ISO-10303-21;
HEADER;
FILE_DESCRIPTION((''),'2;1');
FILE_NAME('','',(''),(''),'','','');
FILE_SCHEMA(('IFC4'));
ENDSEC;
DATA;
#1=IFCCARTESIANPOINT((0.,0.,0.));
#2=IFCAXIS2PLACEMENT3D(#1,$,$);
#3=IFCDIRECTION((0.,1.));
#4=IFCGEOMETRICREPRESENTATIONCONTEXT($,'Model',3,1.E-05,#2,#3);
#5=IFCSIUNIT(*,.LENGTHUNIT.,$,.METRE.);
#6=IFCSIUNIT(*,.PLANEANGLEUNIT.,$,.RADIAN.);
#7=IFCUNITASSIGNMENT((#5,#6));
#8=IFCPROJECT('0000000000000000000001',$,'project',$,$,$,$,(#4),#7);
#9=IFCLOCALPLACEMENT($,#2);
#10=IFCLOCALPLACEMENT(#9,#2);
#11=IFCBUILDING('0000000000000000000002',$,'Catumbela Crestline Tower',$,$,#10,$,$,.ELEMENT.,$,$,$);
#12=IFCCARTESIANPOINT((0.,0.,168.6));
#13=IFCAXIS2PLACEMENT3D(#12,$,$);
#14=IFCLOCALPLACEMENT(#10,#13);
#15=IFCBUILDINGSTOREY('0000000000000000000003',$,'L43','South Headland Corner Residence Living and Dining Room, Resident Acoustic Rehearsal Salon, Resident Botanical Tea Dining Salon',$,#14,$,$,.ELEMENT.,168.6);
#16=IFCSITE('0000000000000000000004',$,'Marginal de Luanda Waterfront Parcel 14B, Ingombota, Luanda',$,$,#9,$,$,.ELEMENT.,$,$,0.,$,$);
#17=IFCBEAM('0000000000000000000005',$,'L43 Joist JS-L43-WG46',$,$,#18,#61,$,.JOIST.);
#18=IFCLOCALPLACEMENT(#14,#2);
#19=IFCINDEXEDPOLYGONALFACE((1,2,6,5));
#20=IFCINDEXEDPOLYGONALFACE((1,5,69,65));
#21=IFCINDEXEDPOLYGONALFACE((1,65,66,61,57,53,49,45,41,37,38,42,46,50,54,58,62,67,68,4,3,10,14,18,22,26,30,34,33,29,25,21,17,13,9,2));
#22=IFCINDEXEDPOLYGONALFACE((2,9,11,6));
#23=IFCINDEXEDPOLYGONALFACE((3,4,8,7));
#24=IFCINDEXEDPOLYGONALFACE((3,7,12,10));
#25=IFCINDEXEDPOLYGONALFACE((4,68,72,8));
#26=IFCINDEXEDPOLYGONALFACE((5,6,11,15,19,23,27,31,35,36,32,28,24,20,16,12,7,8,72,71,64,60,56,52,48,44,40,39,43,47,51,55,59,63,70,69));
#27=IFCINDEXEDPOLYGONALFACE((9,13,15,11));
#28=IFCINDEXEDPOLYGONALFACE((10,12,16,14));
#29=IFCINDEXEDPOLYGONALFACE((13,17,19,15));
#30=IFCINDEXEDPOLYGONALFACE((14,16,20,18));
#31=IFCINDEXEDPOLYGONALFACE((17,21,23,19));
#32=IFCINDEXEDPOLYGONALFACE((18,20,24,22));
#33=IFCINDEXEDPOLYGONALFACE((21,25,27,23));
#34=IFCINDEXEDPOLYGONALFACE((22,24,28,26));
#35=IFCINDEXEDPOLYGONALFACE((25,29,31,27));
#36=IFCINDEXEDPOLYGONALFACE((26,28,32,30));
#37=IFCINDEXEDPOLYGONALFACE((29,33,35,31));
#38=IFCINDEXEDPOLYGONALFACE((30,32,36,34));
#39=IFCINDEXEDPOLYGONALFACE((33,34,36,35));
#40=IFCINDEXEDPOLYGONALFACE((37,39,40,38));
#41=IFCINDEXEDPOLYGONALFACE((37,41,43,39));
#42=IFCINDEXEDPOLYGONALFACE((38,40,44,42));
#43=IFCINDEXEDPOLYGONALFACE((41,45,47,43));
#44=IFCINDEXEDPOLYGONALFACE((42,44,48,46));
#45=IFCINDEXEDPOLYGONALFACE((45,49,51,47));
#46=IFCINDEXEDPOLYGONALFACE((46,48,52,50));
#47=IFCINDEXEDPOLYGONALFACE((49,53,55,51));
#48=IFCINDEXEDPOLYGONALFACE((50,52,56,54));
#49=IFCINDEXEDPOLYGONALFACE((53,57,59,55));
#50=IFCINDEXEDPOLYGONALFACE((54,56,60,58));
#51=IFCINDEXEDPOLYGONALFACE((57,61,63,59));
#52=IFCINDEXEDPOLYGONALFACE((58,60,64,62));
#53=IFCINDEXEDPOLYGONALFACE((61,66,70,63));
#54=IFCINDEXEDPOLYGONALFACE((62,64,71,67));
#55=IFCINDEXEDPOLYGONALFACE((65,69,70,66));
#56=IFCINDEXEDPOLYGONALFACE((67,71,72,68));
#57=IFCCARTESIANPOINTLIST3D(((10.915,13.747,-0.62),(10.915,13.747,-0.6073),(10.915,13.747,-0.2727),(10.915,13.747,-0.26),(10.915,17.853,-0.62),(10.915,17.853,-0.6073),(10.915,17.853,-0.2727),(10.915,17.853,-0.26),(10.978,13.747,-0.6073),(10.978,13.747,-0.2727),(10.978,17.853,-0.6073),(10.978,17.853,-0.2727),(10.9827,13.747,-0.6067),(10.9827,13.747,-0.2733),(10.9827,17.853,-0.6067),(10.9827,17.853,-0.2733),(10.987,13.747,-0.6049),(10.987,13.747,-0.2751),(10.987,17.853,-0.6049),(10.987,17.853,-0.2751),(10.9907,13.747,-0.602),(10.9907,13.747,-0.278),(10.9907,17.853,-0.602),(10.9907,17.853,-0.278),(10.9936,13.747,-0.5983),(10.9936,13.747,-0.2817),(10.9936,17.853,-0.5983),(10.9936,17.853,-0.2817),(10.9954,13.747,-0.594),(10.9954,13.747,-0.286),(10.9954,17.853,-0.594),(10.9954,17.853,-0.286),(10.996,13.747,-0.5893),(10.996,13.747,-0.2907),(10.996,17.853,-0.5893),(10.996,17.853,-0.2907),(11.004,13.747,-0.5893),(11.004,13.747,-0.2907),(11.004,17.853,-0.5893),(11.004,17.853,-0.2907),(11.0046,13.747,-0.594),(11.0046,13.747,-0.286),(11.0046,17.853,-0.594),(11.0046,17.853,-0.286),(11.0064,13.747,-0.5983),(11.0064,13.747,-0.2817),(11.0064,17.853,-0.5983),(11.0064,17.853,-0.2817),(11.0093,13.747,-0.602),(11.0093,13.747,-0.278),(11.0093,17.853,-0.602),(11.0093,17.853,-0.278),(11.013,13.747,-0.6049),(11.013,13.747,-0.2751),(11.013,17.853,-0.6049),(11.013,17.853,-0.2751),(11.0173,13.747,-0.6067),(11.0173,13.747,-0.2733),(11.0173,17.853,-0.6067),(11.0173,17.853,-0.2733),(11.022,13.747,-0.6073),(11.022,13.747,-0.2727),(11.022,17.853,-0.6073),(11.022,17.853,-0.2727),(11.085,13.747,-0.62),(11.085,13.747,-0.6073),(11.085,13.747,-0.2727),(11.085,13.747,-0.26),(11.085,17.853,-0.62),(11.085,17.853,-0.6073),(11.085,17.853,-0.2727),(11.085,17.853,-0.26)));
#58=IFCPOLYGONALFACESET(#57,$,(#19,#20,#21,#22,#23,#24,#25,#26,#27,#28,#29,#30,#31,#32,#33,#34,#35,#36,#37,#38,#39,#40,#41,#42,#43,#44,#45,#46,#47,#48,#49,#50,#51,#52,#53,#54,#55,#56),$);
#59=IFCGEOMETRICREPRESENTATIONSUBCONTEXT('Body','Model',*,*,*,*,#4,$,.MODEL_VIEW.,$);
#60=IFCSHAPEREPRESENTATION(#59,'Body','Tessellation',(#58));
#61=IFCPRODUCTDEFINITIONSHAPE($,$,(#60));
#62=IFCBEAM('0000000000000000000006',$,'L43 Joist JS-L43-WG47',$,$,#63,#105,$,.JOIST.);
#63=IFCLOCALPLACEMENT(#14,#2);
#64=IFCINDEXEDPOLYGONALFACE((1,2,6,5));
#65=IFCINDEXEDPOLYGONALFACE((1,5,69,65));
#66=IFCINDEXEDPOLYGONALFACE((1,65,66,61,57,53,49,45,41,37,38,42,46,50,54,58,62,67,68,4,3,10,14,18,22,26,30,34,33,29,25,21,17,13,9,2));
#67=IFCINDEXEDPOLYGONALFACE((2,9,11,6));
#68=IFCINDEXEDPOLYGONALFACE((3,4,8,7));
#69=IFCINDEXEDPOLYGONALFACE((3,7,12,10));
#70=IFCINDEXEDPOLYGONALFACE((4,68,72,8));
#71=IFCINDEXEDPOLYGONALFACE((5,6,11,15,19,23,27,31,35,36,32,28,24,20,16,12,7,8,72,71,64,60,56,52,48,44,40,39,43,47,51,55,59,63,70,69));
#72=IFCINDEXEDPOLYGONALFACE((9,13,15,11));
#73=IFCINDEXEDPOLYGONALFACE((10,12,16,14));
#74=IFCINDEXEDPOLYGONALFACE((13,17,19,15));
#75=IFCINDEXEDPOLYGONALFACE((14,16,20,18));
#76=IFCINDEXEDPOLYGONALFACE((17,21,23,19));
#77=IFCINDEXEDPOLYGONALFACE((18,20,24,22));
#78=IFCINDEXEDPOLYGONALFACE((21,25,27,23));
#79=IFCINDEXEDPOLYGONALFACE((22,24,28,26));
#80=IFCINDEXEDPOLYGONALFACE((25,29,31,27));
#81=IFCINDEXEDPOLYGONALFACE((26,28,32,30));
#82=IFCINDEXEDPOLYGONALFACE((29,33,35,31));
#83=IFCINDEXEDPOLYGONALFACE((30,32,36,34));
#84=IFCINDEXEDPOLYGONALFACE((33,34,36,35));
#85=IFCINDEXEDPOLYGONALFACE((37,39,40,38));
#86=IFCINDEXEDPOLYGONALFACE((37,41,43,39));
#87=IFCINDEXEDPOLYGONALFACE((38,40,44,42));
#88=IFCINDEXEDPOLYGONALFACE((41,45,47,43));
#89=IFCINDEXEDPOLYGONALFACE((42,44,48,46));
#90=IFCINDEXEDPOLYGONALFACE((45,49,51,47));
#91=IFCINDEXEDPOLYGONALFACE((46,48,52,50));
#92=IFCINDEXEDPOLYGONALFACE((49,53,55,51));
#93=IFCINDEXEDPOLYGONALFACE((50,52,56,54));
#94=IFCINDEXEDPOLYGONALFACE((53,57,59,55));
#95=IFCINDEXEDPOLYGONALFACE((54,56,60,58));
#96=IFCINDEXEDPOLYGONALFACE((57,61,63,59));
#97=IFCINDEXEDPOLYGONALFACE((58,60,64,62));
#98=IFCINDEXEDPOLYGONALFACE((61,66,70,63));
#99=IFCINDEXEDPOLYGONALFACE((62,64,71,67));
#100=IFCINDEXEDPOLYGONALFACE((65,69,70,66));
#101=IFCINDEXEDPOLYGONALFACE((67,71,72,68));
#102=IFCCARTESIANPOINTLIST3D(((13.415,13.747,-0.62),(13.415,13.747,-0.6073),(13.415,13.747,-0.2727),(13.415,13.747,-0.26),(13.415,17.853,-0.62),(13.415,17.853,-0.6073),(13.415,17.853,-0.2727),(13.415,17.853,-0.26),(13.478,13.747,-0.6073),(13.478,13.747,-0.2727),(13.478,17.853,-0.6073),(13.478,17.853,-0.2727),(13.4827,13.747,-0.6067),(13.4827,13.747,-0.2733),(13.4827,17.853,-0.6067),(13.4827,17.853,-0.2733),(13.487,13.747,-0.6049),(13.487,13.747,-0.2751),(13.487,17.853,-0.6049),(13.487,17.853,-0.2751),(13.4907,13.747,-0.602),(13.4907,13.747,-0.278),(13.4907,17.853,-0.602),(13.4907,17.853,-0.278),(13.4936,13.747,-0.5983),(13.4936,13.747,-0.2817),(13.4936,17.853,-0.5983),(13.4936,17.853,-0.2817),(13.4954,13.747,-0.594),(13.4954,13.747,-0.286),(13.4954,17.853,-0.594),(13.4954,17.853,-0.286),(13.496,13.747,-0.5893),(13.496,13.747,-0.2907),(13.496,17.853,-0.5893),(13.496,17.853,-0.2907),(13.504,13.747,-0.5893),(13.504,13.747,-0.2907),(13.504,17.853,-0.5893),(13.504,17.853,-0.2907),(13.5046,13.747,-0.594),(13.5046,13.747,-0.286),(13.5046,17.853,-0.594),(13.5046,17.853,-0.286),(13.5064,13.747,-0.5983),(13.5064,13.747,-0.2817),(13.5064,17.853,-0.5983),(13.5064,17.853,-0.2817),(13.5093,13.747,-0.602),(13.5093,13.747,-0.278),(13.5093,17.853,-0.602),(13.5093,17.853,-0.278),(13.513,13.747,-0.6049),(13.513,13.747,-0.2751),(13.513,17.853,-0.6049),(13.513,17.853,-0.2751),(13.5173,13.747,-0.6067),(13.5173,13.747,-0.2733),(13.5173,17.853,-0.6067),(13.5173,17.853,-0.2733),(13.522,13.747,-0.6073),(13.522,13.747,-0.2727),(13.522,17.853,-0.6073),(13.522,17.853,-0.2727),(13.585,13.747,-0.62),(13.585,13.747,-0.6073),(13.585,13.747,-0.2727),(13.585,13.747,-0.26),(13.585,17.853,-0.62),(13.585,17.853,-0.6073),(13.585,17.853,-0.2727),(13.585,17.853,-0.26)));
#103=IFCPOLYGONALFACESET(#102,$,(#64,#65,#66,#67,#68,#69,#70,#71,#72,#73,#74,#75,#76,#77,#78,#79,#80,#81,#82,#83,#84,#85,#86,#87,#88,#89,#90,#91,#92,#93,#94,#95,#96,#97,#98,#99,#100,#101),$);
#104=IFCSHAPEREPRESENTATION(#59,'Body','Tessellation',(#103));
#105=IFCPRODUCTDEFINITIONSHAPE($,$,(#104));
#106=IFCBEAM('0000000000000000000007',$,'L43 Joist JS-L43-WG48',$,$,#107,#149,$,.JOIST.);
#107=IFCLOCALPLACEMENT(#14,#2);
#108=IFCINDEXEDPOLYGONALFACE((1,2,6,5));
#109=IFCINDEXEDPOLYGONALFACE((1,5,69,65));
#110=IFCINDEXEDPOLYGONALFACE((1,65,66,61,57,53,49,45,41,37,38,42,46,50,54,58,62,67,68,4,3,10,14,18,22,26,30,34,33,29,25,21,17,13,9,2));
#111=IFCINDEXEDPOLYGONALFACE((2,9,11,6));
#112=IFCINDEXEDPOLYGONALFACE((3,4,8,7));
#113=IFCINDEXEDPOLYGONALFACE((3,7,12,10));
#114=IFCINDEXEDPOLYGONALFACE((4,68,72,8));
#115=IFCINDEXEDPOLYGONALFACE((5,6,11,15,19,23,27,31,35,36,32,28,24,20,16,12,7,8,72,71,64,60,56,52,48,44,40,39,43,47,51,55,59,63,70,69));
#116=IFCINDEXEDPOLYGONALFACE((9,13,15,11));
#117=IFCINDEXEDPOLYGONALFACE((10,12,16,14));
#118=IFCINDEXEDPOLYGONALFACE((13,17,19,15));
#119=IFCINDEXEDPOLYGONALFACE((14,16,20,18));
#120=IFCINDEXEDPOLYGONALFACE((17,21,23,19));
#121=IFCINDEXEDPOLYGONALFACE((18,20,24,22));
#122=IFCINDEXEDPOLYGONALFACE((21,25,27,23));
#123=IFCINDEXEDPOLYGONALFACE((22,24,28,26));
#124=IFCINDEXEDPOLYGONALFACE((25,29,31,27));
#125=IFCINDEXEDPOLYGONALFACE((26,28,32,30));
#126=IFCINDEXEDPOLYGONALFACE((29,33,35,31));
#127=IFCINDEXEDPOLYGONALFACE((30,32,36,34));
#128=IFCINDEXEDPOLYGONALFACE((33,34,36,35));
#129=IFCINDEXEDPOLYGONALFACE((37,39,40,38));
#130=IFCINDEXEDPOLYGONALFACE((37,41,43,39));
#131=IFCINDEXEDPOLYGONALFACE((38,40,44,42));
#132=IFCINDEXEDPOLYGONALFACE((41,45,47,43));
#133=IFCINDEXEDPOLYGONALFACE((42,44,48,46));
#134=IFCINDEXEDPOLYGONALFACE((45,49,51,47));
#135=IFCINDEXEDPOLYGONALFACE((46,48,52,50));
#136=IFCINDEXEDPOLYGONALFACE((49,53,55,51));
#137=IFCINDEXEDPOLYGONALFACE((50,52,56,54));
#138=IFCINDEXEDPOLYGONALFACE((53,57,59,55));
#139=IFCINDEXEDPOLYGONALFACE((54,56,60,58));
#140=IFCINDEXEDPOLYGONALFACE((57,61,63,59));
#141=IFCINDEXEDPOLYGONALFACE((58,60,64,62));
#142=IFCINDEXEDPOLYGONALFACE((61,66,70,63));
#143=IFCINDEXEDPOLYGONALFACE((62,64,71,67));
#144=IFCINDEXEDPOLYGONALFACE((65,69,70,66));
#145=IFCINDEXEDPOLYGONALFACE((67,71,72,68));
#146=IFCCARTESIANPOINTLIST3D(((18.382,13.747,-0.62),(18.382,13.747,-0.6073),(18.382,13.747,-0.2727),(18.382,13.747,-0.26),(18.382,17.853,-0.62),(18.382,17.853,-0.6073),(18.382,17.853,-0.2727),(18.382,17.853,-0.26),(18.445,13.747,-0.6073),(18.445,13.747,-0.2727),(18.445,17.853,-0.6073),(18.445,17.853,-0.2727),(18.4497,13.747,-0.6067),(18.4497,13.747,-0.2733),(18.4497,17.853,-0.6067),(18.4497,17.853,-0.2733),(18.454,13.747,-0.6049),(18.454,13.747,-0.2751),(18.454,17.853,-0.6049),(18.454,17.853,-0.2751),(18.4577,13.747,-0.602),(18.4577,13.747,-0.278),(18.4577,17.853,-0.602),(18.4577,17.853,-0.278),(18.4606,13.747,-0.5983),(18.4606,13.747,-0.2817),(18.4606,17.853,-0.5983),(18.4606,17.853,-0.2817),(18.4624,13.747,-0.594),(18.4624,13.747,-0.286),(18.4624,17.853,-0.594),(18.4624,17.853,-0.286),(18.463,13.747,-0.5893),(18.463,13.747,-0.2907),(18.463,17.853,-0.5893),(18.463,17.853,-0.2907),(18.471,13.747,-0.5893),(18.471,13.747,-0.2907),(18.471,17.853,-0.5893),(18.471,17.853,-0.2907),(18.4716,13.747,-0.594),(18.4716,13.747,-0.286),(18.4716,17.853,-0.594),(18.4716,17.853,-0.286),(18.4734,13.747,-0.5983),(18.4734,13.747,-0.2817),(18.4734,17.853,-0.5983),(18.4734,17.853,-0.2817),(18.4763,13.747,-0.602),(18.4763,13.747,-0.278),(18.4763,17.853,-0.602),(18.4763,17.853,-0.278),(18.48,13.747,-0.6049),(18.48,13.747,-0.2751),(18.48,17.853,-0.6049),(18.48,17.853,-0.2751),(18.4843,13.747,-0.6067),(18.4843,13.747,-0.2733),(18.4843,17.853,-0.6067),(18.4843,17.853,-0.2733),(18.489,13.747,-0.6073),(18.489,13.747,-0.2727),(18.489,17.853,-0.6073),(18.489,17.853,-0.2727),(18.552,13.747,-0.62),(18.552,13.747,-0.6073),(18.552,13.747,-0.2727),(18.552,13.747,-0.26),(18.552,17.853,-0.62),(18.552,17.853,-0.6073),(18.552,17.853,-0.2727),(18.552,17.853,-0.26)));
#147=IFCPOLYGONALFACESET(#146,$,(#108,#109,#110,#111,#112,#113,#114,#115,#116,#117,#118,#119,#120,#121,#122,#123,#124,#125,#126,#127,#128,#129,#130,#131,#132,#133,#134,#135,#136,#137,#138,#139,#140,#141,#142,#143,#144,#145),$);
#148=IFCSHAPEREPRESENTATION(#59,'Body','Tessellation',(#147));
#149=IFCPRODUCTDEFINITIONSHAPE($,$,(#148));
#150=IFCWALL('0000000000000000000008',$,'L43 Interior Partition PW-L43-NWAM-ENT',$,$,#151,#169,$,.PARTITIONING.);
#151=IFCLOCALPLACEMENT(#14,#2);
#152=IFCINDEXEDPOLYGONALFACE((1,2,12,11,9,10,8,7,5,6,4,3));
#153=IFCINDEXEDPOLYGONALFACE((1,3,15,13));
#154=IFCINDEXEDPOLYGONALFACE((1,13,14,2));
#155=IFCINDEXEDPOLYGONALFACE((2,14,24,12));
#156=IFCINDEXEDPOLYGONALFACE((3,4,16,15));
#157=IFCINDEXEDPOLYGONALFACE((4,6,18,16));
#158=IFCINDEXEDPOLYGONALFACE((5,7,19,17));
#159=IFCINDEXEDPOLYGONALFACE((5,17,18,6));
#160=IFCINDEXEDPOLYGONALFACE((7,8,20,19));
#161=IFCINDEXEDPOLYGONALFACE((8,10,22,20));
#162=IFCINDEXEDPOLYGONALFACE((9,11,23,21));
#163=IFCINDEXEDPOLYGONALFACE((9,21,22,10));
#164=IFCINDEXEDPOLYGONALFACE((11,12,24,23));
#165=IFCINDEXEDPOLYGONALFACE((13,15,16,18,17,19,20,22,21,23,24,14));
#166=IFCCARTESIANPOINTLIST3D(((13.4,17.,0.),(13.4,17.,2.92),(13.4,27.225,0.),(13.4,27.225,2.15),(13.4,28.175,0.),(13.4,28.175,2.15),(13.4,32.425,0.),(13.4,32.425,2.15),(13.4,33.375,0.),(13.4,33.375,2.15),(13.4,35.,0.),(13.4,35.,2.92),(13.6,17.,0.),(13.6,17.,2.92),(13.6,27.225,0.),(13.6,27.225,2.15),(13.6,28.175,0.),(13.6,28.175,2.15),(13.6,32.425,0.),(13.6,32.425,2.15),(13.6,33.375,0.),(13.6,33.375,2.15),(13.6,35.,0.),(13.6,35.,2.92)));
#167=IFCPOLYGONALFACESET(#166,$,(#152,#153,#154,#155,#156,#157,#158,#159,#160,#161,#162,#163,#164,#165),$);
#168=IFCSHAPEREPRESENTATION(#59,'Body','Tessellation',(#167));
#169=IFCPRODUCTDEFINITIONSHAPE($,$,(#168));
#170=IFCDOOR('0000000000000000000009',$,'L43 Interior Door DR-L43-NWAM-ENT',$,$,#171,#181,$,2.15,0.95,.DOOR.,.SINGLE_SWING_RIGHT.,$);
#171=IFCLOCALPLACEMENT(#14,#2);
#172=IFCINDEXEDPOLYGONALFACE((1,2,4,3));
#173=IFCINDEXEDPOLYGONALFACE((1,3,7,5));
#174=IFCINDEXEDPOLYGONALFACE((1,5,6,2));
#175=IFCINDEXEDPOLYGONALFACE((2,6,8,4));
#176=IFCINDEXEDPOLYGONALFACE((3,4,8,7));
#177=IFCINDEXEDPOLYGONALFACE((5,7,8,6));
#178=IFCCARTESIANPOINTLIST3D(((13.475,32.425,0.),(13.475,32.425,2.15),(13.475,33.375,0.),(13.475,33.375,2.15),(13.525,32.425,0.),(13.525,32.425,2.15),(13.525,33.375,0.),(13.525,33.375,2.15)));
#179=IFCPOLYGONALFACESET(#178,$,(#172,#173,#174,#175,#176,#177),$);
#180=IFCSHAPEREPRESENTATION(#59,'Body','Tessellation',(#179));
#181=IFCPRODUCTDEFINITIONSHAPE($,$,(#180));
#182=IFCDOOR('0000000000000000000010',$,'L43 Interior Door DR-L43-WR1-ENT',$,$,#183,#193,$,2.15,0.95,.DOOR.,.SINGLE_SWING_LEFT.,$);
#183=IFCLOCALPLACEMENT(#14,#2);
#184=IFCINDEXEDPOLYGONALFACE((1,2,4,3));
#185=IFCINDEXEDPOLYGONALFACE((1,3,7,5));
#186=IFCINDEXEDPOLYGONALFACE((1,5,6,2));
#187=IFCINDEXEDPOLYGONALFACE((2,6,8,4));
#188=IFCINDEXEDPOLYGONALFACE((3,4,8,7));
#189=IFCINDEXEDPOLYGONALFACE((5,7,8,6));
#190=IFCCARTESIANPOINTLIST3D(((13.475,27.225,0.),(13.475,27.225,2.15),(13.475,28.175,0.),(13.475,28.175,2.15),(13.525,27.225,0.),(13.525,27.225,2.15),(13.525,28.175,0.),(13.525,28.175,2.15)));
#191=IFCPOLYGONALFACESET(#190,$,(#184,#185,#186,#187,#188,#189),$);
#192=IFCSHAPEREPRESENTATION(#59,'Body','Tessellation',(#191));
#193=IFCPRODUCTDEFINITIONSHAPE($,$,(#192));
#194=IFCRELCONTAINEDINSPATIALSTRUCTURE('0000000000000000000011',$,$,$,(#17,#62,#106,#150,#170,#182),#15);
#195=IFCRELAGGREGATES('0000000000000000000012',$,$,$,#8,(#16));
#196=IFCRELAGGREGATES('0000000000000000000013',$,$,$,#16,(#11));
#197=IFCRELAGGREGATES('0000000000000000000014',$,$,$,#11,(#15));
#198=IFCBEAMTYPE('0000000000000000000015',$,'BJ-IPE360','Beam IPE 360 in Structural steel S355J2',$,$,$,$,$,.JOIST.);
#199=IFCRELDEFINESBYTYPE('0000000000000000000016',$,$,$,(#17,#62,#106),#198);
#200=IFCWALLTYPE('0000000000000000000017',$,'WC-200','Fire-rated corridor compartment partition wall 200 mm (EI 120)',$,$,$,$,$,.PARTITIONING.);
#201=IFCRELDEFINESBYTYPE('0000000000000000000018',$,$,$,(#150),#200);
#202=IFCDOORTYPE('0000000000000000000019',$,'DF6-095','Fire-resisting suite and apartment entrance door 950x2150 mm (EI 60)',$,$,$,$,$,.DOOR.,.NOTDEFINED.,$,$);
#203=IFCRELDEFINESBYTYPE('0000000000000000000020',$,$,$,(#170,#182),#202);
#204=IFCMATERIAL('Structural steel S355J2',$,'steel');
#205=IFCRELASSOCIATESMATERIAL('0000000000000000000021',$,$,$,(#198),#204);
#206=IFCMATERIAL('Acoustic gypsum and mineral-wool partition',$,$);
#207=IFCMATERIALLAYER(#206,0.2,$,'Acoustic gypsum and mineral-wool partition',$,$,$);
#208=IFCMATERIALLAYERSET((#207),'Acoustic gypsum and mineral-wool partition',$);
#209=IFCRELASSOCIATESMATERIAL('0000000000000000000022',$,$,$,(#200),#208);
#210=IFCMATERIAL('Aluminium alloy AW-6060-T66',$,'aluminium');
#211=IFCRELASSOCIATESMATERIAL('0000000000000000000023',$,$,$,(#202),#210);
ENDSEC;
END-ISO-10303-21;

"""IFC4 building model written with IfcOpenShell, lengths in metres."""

from ifc_helpers import new_model, si_unit, direction, frame, frame_2d, origin, origin_2d, place, context, subcontext, project, spatial, rectangle, i_section, extrude, material, layer, layer_set, material_profile, profile_set, type_object, element, fill, save


model = new_model("IFC4")

# Units and contexts
model_context = context("Model", 3, precision=1e-05, world=origin(), true_north=direction((0.0, 1.0)))
body_context = subcontext(model_context, "Body", "Model", "MODEL_VIEW")
ifc_project = project(units=[si_unit("LENGTHUNIT", "METRE"), si_unit("PLANEANGLEUNIT", "RADIAN")], contexts=[model_context])

# Site, building, storey
site_placement = place(None, origin())
site = spatial("IfcSite", under=ifc_project, at=site_placement, Name="Marginal de Luanda Waterfront Parcel 14B, Ingombota, Luanda", CompositionType="ELEMENT", RefElevation=0.0)
building_placement = place(site_placement, origin())
building = spatial("IfcBuilding", under=site, at=building_placement, Name="Catumbela Crestline Tower", CompositionType="ELEMENT")
storey_placement = place(building_placement, frame((0.0, 0.0, 168.6)))
storey = spatial("IfcBuildingStorey", under=building, at=storey_placement, Name="L43", Description="South Headland Corner Residence Living and Dining Room, Resident Acoustic Rehearsal Salon, Resident Botanical Tea Dining Salon", CompositionType="ELEMENT", Elevation=168.6)

# Shared definitions
ifc_material_1 = material(Name="Structural steel S355J2", Category="steel")

# Beams
ifc_material_profile_1 = material_profile(ifc_material_1, i_section(OverallWidth=0.17, OverallDepth=0.36, WebThickness=0.008, FlangeThickness=0.0127, FilletRadius=0.018, at=origin_2d()), Name="IPE 360")
ifc_profile_set_1 = profile_set([ifc_material_profile_1], Name="Structural steel S355J2")
beam_type_1 = type_object("IfcBeamType", Name="BJ-IPE360", Description="Beam IPE 360 in Structural steel S355J2", PredefinedType="JOIST", material=ifc_profile_set_1)
for number, where, z_axis, x_axis, name in (
    (1, (11.0, 13.747, -0.44), (0.0, 1.0, 0.0), (-1.0, 0.0, 0.0), "L43 Joist JS-L43-WG46"),
    (2, (13.5, 13.747, -0.44), (0.0, 1.0, 0.0), (-1.0, 0.0, 0.0), "L43 Joist JS-L43-WG47"),
    (3, (18.467, 13.747, -0.44), (0.0, 1.0, 0.0), (-1.0, 0.0, 0.0), "L43 Joist JS-L43-WG48"),
):
    element("IfcBeam", number, at=place(storey_placement, frame(where, z_axis=z_axis, x_axis=x_axis)), inside=storey, type_object=beam_type_1, Name=name, PredefinedType="JOIST", context=body_context, shape_type="SweptSolid", body=[
        extrude(i_section(OverallWidth=0.17, OverallDepth=0.36, WebThickness=0.008, FlangeThickness=0.0127, FilletRadius=0.018, at=origin_2d()), origin(), (0.0, 0.0, 1.0), 4.106),
    ])

# Wall, openings, doors
ifc_material_2 = material(Name="Acoustic gypsum and mineral-wool partition")
ifc_layer_1 = layer(ifc_material_2, 0.2, Name="Acoustic gypsum and mineral-wool partition")
ifc_layer_set_1 = layer_set([ifc_layer_1], Name="Acoustic gypsum and mineral-wool partition")
wall_type_1 = type_object("IfcWallType", Name="WC-200", Description="Fire-rated corridor compartment partition wall 200 mm (EI 120)", PredefinedType="PARTITIONING", material=ifc_layer_set_1)
wall_1_placement = place(storey_placement, frame((13.5, 17.0, 0.0), z_axis=(0.0, 0.0, 1.0), x_axis=(0.0, 1.0, 0.0)))
wall_1 = element("IfcWall", 4, at=wall_1_placement, inside=storey, type_object=wall_type_1, Name="L43 Interior Partition PW-L43-NWAM-ENT", PredefinedType="PARTITIONING", context=body_context, shape_type="SweptSolid", body=[
    extrude(rectangle(XDim=18.0, YDim=0.2, at=frame_2d((9.0, 0.0))), origin(), (0.0, 0.0, 1.0), 2.92),
])
opening_1_placement = place(wall_1_placement, frame((15.425, 0.0, 0.0)))
opening_1 = element("IfcOpeningElement", 5, at=opening_1_placement, cuts=wall_1, PredefinedType="OPENING", context=body_context, shape_type="SweptSolid", body=[
    extrude(rectangle(XDim=0.95, YDim=2.15, at=frame_2d((0.475, 1.075))), frame((0.0, 0.11, 0.0), z_axis=(0.0, -1.0, 0.0), x_axis=(1.0, 0.0, 0.0)), (0.0, 0.0, 1.0), 0.22),
])
opening_2_placement = place(wall_1_placement, frame((10.225, 0.0, 0.0)))
opening_2 = element("IfcOpeningElement", 6, at=opening_2_placement, cuts=wall_1, PredefinedType="OPENING", context=body_context, shape_type="SweptSolid", body=[
    extrude(rectangle(XDim=0.95, YDim=2.15, at=frame_2d((0.475, 1.075))), frame((0.0, 0.11, 0.0), z_axis=(0.0, -1.0, 0.0), x_axis=(1.0, 0.0, 0.0)), (0.0, 0.0, 1.0), 0.22),
])
ifc_material_3 = material(Name="Aluminium alloy AW-6060-T66", Category="aluminium")
door_type_1 = type_object("IfcDoorType", Name="DF6-095", Description="Fire-resisting suite and apartment entrance door 950x2150 mm (EI 60)", OperationType="NOTDEFINED", PredefinedType="DOOR", material=ifc_material_3)
door_1_placement = place(opening_1_placement, origin())
door_1 = element("IfcDoor", 7, at=door_1_placement, inside=storey, type_object=door_type_1, Name="L43 Interior Door DR-L43-NWAM-ENT", OperationType="SINGLE_SWING_RIGHT", OverallHeight=2.15, OverallWidth=0.95, PredefinedType="DOOR", context=body_context, shape_type="SweptSolid", body=[
    extrude(rectangle(XDim=0.95, YDim=2.15, at=frame_2d((0.475, 1.075))), frame((0.0, 0.025, 0.0), z_axis=(0.0, -1.0, 0.0), x_axis=(1.0, 0.0, 0.0)), (0.0, 0.0, 1.0), 0.05),
])
fill(opening_1, door_1)
door_2_placement = place(opening_2_placement, origin())
door_2 = element("IfcDoor", 8, at=door_2_placement, inside=storey, type_object=door_type_1, Name="L43 Interior Door DR-L43-WR1-ENT", OperationType="SINGLE_SWING_LEFT", OverallHeight=2.15, OverallWidth=0.95, PredefinedType="DOOR", context=body_context, shape_type="SweptSolid", body=[
    extrude(rectangle(XDim=0.95, YDim=2.15, at=frame_2d((0.475, 1.075))), frame((0.0, 0.025, 0.0), z_axis=(0.0, -1.0, 0.0), x_axis=(1.0, 0.0, 0.0)), (0.0, 0.0, 1.0), 0.05),
])
fill(opening_2, door_2)

save(model, "model.ifc")
